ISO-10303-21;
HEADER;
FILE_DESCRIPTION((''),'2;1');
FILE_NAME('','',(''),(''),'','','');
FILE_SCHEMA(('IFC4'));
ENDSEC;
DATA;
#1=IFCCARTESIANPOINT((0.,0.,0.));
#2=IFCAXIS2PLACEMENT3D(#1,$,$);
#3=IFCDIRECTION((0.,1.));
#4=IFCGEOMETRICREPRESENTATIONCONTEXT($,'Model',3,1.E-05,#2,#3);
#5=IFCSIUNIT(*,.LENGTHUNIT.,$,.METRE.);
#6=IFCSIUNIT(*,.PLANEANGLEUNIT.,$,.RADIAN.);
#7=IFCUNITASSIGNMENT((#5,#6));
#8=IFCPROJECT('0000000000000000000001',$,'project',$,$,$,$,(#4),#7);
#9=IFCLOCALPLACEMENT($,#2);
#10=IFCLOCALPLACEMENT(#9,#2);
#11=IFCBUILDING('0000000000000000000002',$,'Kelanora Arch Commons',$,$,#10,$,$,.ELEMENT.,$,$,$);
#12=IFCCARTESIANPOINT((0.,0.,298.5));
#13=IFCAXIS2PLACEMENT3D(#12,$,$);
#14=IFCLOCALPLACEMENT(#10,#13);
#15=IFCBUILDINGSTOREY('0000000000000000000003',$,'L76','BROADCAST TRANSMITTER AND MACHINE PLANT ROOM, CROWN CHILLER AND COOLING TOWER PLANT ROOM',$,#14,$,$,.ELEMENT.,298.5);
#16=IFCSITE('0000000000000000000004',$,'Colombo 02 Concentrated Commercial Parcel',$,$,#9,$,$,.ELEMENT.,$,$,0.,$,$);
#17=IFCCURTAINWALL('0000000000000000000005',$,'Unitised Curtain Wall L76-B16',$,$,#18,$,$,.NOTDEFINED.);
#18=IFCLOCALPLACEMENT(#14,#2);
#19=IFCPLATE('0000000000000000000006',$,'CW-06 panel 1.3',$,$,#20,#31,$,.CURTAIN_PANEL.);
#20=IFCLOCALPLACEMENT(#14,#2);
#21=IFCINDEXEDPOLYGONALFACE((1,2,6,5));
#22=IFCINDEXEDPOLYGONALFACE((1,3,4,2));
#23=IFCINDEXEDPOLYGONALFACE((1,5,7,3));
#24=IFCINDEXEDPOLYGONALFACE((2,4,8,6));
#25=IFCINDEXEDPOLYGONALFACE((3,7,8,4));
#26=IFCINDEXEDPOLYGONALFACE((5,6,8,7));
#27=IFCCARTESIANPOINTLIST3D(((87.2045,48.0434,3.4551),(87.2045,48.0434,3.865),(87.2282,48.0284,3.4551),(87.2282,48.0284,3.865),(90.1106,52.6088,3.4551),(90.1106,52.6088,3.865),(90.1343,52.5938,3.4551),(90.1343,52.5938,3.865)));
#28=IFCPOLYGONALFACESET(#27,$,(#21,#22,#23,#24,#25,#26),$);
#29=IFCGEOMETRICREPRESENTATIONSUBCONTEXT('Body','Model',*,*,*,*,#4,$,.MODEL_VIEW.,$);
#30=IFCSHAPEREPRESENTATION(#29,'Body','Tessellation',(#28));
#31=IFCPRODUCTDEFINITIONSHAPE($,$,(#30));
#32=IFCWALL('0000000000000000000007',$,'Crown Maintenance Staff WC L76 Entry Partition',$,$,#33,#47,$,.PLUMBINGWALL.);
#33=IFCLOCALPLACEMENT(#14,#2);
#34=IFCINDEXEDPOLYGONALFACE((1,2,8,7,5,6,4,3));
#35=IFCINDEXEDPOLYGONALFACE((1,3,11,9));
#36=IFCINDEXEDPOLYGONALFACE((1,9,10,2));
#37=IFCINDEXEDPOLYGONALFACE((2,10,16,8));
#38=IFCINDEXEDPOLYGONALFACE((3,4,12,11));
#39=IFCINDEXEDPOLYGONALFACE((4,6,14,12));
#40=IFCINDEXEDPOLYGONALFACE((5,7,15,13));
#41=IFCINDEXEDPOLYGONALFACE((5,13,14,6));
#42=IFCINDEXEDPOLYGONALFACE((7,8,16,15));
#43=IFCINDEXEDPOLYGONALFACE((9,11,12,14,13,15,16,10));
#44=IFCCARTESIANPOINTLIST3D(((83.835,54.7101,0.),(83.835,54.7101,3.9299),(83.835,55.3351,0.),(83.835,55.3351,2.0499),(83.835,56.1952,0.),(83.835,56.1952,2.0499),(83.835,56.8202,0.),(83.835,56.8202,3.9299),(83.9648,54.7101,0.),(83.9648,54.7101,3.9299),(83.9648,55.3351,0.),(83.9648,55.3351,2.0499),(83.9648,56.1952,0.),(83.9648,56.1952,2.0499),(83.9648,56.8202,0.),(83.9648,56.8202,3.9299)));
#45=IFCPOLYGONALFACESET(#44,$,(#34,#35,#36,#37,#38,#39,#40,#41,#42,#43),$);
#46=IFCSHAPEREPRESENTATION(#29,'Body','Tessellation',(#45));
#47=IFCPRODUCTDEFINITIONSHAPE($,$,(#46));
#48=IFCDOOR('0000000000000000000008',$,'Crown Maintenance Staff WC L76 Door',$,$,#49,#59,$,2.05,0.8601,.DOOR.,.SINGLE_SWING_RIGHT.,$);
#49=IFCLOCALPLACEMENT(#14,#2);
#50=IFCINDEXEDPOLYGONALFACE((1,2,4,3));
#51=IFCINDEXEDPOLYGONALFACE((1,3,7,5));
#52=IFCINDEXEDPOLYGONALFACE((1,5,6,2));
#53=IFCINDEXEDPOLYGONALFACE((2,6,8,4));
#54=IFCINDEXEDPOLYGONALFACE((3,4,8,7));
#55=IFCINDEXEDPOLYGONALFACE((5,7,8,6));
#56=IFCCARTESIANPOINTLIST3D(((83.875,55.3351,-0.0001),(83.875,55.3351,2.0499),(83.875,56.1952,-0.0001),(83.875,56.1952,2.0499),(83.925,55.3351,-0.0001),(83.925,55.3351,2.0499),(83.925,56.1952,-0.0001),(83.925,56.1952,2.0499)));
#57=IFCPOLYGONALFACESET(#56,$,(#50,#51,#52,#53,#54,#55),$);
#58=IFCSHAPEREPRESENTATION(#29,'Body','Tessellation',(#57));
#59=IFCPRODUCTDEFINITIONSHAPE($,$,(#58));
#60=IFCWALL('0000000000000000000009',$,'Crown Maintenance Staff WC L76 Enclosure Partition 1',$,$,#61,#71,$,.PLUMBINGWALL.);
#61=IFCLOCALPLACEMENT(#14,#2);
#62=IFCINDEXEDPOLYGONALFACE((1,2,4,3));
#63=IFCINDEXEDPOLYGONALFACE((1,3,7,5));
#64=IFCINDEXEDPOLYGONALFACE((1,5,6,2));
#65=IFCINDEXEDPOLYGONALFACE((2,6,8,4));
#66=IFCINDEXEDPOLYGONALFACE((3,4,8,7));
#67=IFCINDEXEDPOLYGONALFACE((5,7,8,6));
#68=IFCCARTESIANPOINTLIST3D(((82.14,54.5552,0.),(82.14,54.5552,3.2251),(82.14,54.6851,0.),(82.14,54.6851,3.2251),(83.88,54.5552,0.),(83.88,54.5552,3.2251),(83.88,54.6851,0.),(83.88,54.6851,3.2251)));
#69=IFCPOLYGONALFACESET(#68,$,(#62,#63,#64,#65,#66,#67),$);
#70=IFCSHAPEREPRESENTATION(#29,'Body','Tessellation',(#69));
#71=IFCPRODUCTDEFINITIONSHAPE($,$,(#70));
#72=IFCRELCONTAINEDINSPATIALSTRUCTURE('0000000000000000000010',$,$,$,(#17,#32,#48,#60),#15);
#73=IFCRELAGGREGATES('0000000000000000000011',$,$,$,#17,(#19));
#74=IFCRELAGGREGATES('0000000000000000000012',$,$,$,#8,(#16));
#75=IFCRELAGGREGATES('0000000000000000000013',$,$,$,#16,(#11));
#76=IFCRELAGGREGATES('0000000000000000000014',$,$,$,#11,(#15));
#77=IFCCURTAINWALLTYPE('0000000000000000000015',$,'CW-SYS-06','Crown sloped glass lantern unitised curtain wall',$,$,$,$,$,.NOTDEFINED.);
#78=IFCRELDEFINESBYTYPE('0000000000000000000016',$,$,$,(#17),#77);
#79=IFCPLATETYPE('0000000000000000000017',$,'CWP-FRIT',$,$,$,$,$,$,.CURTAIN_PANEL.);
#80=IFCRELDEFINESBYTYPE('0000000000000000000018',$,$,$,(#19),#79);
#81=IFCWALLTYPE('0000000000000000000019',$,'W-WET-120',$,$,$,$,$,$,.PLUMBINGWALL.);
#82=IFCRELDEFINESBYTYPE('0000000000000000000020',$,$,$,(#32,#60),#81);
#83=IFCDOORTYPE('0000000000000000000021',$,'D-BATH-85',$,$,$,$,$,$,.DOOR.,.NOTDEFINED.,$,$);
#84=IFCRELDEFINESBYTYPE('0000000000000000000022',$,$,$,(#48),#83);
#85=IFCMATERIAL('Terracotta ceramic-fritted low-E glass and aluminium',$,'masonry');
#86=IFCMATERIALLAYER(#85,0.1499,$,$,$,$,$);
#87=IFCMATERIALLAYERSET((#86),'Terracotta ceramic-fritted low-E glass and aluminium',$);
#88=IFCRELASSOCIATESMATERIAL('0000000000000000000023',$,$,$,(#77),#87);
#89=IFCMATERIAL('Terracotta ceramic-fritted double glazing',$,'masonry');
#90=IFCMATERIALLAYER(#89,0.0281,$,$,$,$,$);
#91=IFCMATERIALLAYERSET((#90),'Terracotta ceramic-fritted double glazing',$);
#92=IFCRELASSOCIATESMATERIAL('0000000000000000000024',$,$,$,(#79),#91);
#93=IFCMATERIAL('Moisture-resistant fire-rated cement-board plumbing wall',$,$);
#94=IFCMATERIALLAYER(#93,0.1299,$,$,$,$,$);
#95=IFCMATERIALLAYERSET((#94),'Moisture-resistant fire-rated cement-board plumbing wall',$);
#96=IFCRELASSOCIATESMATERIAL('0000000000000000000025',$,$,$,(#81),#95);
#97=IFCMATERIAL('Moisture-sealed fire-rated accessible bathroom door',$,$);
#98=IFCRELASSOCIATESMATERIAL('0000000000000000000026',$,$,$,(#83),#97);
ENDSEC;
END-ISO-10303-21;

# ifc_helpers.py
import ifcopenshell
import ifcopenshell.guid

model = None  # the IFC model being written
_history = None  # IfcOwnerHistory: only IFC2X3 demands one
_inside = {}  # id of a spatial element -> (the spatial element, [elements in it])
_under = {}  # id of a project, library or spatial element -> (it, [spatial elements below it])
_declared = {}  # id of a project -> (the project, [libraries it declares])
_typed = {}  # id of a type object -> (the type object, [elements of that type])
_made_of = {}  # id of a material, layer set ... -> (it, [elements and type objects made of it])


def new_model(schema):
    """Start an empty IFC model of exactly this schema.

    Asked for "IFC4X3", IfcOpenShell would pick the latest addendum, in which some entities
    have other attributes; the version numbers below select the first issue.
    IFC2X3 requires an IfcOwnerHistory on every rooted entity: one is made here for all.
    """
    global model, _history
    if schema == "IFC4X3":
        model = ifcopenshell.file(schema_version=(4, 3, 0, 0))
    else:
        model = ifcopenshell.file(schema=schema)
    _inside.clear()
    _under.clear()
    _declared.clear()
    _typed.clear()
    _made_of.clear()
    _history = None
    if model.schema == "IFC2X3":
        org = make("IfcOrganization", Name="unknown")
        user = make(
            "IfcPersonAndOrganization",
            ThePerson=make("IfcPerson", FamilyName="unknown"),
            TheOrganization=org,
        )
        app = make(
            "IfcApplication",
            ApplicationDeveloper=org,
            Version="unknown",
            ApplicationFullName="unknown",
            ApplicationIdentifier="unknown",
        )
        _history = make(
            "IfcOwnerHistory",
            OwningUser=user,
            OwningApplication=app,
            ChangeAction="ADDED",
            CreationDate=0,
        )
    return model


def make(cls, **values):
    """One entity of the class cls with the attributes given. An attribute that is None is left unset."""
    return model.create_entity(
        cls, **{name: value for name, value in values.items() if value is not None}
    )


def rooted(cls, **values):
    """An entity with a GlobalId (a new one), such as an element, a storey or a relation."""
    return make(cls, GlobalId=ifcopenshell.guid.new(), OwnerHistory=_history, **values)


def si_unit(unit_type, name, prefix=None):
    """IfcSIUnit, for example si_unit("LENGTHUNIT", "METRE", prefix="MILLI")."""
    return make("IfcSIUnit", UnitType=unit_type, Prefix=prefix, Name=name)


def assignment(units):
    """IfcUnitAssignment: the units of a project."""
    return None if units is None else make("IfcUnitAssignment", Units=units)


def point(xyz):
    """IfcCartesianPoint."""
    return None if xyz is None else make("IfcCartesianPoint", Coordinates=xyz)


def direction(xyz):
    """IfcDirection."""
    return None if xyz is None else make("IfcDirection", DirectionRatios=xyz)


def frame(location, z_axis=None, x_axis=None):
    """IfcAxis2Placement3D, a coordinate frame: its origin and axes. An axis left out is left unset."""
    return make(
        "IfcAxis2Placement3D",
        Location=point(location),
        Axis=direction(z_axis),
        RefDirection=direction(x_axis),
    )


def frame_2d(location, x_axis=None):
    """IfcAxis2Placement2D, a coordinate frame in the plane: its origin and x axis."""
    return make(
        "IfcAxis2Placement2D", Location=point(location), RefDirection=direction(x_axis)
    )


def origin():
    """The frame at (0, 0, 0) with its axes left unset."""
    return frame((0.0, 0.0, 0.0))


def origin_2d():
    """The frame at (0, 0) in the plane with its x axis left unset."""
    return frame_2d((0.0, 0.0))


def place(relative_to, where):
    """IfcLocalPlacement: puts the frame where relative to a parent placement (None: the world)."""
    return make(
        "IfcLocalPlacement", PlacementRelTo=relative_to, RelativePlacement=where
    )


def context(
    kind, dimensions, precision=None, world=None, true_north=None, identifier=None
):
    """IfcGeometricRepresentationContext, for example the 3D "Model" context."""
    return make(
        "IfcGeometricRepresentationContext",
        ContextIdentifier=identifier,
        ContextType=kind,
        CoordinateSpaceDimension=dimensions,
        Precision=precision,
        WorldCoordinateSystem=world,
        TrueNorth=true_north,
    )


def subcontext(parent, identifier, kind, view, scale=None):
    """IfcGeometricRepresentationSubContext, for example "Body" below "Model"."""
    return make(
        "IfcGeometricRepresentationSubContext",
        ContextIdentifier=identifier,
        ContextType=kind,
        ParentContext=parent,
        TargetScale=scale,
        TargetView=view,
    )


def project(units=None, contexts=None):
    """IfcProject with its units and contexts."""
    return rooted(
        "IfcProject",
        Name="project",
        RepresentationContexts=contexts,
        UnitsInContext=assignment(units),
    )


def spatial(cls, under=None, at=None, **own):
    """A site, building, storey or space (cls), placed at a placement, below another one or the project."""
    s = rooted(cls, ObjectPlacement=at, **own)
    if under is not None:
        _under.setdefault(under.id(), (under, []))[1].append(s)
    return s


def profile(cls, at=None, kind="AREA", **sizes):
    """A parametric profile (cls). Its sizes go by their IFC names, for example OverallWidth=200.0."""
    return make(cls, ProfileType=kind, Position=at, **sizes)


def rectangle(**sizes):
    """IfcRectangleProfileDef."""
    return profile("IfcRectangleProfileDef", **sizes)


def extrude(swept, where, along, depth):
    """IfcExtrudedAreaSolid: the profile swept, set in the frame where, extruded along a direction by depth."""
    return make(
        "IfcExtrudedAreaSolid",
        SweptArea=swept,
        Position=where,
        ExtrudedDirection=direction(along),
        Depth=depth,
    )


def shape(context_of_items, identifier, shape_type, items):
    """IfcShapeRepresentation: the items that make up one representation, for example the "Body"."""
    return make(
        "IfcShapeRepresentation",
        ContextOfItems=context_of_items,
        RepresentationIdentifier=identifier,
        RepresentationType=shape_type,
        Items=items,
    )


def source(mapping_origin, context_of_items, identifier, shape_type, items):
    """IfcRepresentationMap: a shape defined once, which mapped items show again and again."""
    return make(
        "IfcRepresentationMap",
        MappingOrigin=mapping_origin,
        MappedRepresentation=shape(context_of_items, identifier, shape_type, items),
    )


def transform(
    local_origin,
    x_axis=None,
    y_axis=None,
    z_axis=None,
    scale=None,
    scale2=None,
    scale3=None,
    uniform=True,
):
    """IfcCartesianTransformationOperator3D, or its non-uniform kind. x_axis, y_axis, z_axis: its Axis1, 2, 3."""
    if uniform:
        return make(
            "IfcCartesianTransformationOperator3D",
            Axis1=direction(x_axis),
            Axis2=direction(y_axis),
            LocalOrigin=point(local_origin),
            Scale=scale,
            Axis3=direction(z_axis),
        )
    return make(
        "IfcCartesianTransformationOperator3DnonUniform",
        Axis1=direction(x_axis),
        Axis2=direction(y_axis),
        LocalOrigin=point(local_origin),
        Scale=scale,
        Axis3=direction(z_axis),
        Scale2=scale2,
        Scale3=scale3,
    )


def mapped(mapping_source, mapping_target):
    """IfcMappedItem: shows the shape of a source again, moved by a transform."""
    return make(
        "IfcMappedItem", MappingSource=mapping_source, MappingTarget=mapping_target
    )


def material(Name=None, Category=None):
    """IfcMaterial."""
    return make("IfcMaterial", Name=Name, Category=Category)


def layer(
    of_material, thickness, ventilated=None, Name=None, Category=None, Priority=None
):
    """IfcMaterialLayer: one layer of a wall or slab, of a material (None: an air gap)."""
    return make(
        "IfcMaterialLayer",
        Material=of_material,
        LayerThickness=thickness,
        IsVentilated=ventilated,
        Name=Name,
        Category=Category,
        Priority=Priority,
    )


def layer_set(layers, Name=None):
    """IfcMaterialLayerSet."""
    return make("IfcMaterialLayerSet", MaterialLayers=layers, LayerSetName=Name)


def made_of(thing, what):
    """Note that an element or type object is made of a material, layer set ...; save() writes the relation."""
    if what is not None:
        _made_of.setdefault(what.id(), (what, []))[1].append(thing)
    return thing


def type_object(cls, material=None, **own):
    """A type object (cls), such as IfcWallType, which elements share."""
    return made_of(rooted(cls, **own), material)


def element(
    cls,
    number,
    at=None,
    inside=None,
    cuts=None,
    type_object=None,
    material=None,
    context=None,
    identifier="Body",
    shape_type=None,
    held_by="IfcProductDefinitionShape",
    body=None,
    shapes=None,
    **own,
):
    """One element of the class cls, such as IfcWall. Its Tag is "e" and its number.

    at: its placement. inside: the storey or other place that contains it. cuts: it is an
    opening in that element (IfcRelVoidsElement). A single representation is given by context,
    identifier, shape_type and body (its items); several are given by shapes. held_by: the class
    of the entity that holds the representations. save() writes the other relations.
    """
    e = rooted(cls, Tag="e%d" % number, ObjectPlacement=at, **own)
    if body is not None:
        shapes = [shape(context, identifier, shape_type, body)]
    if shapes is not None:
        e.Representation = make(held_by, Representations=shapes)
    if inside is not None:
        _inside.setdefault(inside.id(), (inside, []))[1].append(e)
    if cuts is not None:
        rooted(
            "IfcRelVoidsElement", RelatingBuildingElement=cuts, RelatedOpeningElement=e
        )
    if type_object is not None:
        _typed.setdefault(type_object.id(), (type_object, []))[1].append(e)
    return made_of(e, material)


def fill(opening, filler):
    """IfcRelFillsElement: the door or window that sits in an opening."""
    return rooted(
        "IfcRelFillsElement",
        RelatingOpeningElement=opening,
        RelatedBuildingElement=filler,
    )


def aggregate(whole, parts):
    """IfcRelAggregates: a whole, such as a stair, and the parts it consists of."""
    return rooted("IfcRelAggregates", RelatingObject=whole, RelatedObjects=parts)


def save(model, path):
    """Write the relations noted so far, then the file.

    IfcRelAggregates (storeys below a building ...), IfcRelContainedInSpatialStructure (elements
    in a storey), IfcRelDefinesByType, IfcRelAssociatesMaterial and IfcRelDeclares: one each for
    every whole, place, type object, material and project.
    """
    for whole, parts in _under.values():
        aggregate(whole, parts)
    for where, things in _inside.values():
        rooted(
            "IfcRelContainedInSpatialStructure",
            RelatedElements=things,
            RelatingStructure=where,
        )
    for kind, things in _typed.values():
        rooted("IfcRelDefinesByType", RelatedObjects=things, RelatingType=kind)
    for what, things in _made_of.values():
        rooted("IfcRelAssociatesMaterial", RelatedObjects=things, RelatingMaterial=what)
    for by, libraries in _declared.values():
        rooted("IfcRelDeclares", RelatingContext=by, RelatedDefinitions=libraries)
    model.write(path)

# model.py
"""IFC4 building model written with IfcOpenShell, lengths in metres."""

from ifc_helpers import new_model, si_unit, direction, frame, frame_2d, origin, origin_2d, place, context, subcontext, project, spatial, rectangle, extrude, source, transform, mapped, material, layer, layer_set, type_object, element, fill, aggregate, save


model = new_model("IFC4")

# Units and contexts
model_context = context("Model", 3, precision=1e-05, world=origin(), true_north=direction((0.0, 1.0)))
body_context = subcontext(model_context, "Body", "Model", "MODEL_VIEW")
ifc_project = project(units=[si_unit("LENGTHUNIT", "METRE"), si_unit("PLANEANGLEUNIT", "RADIAN")], contexts=[model_context])

# Site, building, storey
site_placement = place(None, origin())
site = spatial("IfcSite", under=ifc_project, at=site_placement, Name="Colombo 02 Concentrated Commercial Parcel", CompositionType="ELEMENT", RefElevation=0.0)
building_placement = place(site_placement, origin())
building = spatial("IfcBuilding", under=site, at=building_placement, Name="Kelanora Arch Commons", CompositionType="ELEMENT")
storey_placement = place(building_placement, frame((0.0, 0.0, 298.5)))
storey = spatial("IfcBuildingStorey", under=building, at=storey_placement, Name="L76", Description="BROADCAST TRANSMITTER AND MACHINE PLANT ROOM, CROWN CHILLER AND COOLING TOWER PLANT ROOM", CompositionType="ELEMENT", Elevation=298.5)

# Curtain wall
ifc_material_1 = material(Name="Terracotta ceramic-fritted low-E glass and aluminium", Category="masonry")
ifc_layer_1 = layer(ifc_material_1, 0.1499)
ifc_layer_set_1 = layer_set([ifc_layer_1], Name="Terracotta ceramic-fritted low-E glass and aluminium")
curtain_wall_type = type_object("IfcCurtainWallType", Name="CW-SYS-06", Description="Crown sloped glass lantern unitised curtain wall", PredefinedType="NOTDEFINED", material=ifc_layer_set_1)
curtain_wall_1_placement = place(storey_placement, origin())
curtain_wall_1 = element("IfcCurtainWall", 1, at=curtain_wall_1_placement, inside=storey, type_object=curtain_wall_type, Name="Unitised Curtain Wall L76-B16", PredefinedType="NOTDEFINED")

# Shared definitions
ifc_material_2 = material(Name="Terracotta ceramic-fritted double glazing", Category="masonry")
ifc_layer_2 = layer(ifc_material_2, 0.0281)
ifc_layer_set_2 = layer_set([ifc_layer_2], Name="Terracotta ceramic-fritted double glazing")
plate_type = type_object("IfcPlateType", Name="CWP-FRIT", PredefinedType="CURTAIN_PANEL", material=ifc_layer_set_2)

# Plate
shared_shape_1 = source(origin(), body_context, "Body", "SweptSolid", [
    extrude(rectangle(XDim=5.4119, YDim=0.0281, at=origin_2d()), origin(), (0.0, 0.0, 1.0), 0.4099),
])
plate_1_placement = place(storey_placement, frame((88.6694, 50.3186, 3.4551), z_axis=(0.0, 0.0, 1.0), x_axis=(0.536984, 0.843592, 0.0)))
plate_1 = element("IfcPlate", 2, at=plate_1_placement, type_object=plate_type, Name="CW-06 panel 1.3", PredefinedType="CURTAIN_PANEL", context=body_context, shape_type="MappedRepresentation", body=[
    mapped(shared_shape_1, transform((0.0, 0.0, 0.0), scale=1.0)),
])
aggregate(curtain_wall_1, [plate_1])

# Wall, opening, door
ifc_material_3 = material(Name="Moisture-resistant fire-rated cement-board plumbing wall")
ifc_layer_3 = layer(ifc_material_3, 0.1299)
ifc_layer_set_3 = layer_set([ifc_layer_3], Name="Moisture-resistant fire-rated cement-board plumbing wall")
wall_type = type_object("IfcWallType", Name="W-WET-120", PredefinedType="PLUMBINGWALL", material=ifc_layer_set_3)
wall_1_placement = place(storey_placement, frame((83.8999, 54.71, 0.0), z_axis=(0.0, 0.0, 1.0), x_axis=(0.0, 1.0, 0.0)))
wall_1 = element("IfcWall", 3, at=wall_1_placement, inside=storey, type_object=wall_type, Name="Crown Maintenance Staff WC L76 Entry Partition", PredefinedType="PLUMBINGWALL", context=body_context, shape_type="SweptSolid", body=[
    extrude(rectangle(XDim=2.1101, YDim=0.1299, at=frame_2d((1.0552, 0.0))), origin(), (0.0, 0.0, 1.0), 3.9299),
])
opening_placement = place(wall_1_placement, frame((0.625, 0.0, 0.0)))
opening = element("IfcOpeningElement", 4, at=opening_placement, cuts=wall_1, PredefinedType="OPENING", context=body_context, shape_type="SweptSolid", body=[
    extrude(rectangle(XDim=0.8601, YDim=2.05, at=frame_2d((0.4302, 1.0249))), frame((0.0, 0.075, 0.0), z_axis=(0.0, -1.0, 0.0), x_axis=(1.0, 0.0, 0.0)), (0.0, 0.0, 1.0), 0.1499),
])
ifc_material_4 = material(Name="Moisture-sealed fire-rated accessible bathroom door")
door_type = type_object("IfcDoorType", Name="D-BATH-85", OperationType="NOTDEFINED", PredefinedType="DOOR", material=ifc_material_4)
door_placement = place(opening_placement, origin())
door = element("IfcDoor", 5, at=door_placement, inside=storey, type_object=door_type, Name="Crown Maintenance Staff WC L76 Door", OperationType="SINGLE_SWING_RIGHT", OverallHeight=2.05, OverallWidth=0.8601, PredefinedType="DOOR", context=body_context, shape_type="SweptSolid", body=[
    extrude(rectangle(XDim=0.8601, YDim=2.05, at=frame_2d((0.4302, 1.0249))), frame((0.0, 0.0249, 0.0), z_axis=(0.0, -1.0, 0.0), x_axis=(1.0, 0.0, 0.0)), (0.0, 0.0, 1.0), 0.05),
])
fill(opening, door)

# Wall
wall_2_placement = place(storey_placement, frame((82.1399, 54.6201, 0.0), z_axis=(0.0, 0.0, 1.0), x_axis=(1.0, 0.0, 0.0)))
element("IfcWall", 6, at=wall_2_placement, inside=storey, type_object=wall_type, Name="Crown Maintenance Staff WC L76 Enclosure Partition 1", PredefinedType="PLUMBINGWALL", context=body_context, shape_type="SweptSolid", body=[
    extrude(rectangle(XDim=1.74, YDim=0.1299, at=frame_2d((0.8701, 0.0))), origin(), (0.0, 0.0, 1.0), 3.2251),
])

save(model, "model.ifc")
